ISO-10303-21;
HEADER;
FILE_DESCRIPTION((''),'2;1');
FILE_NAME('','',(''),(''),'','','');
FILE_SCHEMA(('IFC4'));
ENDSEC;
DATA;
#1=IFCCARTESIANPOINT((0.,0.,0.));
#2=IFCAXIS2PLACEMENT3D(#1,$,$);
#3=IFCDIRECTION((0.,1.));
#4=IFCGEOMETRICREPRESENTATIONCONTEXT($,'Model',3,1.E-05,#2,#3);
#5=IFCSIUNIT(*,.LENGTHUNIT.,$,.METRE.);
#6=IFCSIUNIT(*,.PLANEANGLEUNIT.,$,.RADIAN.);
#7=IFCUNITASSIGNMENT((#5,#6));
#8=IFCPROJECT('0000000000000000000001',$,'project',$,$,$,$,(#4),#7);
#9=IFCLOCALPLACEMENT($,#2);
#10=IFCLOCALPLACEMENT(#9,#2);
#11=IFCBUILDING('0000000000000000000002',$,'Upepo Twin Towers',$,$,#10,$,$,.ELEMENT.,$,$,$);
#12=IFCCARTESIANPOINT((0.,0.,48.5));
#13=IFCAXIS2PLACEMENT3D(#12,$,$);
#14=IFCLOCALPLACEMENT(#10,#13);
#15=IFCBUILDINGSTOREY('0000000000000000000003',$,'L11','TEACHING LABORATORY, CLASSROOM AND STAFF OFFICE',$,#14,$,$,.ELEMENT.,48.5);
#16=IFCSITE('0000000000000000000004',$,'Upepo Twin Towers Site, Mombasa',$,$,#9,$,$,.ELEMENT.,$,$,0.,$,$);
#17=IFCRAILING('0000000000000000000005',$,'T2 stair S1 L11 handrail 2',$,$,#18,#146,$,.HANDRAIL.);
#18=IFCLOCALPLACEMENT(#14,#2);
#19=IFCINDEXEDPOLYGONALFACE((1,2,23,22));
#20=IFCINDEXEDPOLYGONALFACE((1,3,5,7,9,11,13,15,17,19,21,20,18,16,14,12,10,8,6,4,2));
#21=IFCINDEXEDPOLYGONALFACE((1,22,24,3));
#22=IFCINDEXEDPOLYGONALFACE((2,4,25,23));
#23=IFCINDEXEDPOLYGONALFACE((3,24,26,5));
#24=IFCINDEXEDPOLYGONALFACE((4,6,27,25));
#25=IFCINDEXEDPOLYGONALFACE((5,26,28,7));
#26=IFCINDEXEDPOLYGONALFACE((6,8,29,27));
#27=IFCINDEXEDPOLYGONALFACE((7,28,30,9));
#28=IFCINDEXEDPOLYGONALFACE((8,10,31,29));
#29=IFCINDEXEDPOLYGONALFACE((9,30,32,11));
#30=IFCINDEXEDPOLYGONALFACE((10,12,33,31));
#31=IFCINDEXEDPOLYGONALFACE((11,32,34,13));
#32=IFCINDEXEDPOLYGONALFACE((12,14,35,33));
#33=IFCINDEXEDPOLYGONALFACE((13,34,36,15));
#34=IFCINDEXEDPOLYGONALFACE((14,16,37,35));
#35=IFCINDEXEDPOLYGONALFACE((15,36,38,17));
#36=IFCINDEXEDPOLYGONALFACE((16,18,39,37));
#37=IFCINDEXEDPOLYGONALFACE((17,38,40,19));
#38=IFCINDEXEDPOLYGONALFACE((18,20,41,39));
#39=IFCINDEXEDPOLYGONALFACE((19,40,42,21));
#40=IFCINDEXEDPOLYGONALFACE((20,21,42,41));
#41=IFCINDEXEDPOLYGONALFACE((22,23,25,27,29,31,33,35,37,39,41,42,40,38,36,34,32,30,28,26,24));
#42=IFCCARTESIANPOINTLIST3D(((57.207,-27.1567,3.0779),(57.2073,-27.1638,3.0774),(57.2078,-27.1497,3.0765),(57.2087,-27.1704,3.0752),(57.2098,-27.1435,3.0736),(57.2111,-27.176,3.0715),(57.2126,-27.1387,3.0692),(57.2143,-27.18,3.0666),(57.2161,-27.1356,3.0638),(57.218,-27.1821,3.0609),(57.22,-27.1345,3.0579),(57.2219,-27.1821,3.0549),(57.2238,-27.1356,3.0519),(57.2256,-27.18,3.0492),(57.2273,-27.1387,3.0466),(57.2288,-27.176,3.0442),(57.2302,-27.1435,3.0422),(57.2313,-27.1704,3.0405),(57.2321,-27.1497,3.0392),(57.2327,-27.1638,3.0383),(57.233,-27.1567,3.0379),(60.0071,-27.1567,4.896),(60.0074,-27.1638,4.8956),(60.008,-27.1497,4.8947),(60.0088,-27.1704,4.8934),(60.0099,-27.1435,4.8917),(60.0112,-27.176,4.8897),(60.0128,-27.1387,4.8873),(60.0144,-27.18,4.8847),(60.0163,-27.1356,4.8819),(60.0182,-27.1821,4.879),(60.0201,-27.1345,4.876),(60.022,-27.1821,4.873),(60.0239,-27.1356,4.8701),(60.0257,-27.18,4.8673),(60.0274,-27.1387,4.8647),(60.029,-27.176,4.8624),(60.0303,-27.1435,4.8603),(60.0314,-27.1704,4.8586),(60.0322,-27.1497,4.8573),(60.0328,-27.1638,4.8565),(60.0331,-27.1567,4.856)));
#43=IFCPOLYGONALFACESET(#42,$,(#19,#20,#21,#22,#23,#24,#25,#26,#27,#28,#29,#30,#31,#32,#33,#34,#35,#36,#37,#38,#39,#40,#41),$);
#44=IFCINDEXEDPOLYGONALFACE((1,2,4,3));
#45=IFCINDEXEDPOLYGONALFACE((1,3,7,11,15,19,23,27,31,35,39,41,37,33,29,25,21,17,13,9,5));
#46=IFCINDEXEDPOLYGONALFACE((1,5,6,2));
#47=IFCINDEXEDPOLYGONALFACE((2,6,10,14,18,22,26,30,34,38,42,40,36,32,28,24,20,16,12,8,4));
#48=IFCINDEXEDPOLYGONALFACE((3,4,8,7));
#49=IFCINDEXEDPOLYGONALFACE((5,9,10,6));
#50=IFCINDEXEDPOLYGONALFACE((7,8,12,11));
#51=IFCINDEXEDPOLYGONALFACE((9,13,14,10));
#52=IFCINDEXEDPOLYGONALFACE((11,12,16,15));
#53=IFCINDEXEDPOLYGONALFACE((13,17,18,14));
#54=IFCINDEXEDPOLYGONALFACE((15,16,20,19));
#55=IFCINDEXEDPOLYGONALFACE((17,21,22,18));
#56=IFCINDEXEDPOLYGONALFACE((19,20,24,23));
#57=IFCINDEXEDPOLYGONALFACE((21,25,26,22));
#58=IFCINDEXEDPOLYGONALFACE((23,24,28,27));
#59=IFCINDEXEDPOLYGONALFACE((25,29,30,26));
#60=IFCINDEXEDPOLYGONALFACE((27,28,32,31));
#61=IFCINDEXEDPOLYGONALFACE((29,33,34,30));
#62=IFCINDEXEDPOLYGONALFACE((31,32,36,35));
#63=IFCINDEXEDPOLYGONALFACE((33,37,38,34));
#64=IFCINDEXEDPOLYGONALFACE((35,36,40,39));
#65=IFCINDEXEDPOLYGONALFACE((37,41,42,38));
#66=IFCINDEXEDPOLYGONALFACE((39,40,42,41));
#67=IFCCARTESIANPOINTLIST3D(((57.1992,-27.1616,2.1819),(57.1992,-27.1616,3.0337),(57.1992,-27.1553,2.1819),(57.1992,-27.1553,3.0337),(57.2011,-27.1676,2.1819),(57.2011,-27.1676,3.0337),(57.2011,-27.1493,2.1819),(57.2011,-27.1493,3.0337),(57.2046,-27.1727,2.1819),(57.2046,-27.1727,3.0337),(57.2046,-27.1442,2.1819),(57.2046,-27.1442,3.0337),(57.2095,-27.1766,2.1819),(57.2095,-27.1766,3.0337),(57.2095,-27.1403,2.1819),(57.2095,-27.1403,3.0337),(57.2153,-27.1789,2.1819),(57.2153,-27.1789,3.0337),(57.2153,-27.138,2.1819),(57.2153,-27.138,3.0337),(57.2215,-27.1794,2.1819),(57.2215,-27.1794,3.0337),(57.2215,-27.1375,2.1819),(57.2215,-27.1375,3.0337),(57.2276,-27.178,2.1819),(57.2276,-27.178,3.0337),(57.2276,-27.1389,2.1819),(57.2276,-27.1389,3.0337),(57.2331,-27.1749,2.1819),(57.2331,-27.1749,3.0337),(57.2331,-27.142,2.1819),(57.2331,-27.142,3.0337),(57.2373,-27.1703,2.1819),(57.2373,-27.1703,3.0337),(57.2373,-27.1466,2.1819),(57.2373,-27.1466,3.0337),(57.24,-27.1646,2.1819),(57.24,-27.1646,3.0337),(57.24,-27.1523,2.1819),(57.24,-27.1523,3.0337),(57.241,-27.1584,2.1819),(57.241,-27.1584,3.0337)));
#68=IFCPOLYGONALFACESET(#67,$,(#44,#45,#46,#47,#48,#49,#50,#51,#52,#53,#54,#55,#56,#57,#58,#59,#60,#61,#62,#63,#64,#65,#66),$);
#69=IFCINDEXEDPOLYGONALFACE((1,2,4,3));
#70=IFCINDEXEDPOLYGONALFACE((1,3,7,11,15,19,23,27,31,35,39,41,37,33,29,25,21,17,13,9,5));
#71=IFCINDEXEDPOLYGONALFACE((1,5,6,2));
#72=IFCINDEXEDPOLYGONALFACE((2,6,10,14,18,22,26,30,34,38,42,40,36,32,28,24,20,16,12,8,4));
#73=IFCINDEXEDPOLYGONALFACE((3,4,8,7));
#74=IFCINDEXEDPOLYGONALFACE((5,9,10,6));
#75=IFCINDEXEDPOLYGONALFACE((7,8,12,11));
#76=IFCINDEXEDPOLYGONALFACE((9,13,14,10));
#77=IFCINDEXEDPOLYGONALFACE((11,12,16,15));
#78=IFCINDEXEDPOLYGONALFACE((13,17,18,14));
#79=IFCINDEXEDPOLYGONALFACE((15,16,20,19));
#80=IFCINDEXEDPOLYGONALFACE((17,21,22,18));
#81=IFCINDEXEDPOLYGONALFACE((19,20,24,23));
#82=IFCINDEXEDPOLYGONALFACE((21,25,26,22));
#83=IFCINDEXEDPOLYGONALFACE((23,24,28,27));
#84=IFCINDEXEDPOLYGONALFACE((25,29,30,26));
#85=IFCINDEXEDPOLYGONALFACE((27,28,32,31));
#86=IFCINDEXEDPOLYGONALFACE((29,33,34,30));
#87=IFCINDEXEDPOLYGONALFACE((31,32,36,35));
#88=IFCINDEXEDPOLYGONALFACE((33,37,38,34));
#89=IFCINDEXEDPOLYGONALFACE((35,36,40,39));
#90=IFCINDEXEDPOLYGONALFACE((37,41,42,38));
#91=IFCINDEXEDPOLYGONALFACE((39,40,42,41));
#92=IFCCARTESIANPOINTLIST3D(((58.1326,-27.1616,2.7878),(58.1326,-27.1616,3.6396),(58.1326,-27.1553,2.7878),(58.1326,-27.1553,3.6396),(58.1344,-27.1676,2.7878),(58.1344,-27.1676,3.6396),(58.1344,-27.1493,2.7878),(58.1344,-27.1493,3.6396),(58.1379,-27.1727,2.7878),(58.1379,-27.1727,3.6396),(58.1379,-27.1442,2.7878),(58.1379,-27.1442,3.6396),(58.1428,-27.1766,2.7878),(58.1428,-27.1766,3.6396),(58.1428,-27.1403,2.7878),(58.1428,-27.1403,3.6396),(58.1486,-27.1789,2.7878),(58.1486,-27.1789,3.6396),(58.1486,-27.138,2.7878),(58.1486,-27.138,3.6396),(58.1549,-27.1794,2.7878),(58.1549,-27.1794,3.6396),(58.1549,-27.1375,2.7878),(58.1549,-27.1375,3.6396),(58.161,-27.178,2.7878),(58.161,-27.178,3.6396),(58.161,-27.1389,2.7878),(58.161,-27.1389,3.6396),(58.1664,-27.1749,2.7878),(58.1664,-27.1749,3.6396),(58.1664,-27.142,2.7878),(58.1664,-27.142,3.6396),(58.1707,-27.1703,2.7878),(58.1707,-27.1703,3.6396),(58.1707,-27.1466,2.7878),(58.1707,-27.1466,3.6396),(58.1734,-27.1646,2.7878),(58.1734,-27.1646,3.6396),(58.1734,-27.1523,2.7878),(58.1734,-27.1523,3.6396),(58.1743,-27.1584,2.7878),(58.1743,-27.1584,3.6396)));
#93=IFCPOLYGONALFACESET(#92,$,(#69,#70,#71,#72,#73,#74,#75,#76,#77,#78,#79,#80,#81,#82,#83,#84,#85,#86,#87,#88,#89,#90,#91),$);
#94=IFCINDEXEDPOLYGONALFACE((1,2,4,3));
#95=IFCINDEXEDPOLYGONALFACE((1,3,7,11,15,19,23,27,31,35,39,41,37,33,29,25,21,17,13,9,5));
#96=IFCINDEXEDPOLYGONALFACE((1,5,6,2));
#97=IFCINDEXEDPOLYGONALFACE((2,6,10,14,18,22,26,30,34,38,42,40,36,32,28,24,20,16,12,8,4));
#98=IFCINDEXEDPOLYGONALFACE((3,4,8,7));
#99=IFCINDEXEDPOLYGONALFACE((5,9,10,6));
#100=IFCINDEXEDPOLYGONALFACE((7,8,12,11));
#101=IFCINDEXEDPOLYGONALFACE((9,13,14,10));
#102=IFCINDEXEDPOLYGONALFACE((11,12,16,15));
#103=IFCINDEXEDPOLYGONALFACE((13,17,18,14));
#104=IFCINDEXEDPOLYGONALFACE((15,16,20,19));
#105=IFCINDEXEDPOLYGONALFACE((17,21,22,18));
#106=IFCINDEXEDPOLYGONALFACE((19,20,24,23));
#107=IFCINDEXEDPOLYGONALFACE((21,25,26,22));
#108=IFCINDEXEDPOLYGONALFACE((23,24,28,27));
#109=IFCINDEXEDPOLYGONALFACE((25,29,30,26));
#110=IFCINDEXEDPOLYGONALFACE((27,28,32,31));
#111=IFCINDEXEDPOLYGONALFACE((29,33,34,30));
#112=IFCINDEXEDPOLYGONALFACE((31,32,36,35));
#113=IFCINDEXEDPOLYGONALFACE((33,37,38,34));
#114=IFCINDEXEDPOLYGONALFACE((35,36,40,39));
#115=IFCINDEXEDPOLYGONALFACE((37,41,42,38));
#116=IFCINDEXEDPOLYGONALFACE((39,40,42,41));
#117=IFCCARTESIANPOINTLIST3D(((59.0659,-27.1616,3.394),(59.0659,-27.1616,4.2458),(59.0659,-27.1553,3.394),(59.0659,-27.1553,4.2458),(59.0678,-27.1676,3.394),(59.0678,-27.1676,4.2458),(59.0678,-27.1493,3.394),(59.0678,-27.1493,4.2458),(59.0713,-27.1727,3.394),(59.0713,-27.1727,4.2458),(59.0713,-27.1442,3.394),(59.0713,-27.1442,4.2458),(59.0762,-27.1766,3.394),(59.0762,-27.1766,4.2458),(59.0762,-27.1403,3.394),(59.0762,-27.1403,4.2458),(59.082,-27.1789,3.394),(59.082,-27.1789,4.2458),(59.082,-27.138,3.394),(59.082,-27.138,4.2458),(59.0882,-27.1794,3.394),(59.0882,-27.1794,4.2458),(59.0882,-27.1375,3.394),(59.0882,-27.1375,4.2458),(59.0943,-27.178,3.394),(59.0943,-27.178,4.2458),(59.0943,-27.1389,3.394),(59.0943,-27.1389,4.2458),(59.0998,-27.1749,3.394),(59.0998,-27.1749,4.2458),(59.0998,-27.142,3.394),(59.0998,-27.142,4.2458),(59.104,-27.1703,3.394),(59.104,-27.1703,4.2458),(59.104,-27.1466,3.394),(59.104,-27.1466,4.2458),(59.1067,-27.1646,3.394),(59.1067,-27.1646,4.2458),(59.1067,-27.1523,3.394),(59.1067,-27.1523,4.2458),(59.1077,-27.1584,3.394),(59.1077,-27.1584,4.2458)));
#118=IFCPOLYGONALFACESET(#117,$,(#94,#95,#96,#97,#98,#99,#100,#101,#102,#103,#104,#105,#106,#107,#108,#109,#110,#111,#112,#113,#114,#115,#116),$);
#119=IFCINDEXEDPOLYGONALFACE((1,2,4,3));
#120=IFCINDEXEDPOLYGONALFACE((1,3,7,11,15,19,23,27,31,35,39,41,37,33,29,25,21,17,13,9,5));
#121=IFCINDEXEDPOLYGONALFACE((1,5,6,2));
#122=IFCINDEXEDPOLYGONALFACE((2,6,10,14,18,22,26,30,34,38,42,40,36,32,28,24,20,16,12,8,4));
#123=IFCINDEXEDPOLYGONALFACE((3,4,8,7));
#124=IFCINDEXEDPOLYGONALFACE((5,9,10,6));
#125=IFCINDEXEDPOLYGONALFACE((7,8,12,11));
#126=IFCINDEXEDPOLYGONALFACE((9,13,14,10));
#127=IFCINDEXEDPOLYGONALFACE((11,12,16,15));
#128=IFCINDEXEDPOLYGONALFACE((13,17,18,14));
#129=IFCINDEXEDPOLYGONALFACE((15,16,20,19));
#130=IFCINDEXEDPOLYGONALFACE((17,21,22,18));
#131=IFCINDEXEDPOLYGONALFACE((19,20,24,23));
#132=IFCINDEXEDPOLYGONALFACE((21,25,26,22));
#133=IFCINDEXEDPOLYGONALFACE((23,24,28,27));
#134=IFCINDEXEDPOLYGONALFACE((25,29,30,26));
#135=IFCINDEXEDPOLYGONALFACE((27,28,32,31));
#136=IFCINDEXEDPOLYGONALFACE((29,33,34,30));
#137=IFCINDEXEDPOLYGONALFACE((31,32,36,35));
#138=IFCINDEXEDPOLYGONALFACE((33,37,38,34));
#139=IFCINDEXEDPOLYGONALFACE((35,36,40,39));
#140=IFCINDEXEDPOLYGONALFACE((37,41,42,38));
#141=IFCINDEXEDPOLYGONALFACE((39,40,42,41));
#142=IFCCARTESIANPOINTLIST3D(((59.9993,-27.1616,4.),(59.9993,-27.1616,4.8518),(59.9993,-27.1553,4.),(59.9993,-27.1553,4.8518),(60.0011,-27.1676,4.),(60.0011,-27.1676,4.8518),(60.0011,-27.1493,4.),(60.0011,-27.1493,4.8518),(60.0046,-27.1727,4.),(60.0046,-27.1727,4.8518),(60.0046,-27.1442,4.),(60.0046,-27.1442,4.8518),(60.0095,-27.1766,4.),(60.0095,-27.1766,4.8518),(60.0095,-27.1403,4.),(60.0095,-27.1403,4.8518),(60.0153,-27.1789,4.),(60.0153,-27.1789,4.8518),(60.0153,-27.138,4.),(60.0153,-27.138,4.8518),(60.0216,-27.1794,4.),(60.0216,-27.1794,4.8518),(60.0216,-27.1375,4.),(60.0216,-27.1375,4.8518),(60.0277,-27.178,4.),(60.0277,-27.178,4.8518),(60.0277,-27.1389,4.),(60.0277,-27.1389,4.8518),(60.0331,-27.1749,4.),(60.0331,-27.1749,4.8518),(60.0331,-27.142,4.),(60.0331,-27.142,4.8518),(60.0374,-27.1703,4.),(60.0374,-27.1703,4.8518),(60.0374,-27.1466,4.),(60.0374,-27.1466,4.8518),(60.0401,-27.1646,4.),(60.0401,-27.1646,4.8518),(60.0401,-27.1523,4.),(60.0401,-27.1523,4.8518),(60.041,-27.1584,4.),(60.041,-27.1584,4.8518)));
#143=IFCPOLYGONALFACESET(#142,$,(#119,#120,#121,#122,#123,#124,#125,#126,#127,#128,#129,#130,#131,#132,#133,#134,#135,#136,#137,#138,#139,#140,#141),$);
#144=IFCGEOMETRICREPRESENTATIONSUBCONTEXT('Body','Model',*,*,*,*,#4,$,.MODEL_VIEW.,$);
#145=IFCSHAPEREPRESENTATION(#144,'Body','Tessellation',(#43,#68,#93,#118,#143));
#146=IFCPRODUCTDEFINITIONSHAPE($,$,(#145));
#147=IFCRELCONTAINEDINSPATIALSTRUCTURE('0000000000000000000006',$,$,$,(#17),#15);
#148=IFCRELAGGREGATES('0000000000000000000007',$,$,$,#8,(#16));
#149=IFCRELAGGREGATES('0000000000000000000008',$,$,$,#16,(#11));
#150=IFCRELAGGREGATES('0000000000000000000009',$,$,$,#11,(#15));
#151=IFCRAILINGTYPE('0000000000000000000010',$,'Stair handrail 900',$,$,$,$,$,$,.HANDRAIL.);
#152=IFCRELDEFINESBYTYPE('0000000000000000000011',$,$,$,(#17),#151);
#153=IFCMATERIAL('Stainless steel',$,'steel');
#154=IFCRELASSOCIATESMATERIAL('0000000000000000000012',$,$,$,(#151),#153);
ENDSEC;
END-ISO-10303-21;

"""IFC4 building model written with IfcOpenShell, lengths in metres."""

from ifc_helpers import new_model, si_unit, direction, frame, origin, origin_2d, place, context, subcontext, project, spatial, circle, extrude, material, type_object, element, save


model = new_model("IFC4")

# Units and contexts
model_context = context("Model", 3, precision=1e-05, world=origin(), true_north=direction((0.0, 1.0)))
body_context = subcontext(model_context, "Body", "Model", "MODEL_VIEW")
ifc_project = project(units=[si_unit("LENGTHUNIT", "METRE"), si_unit("PLANEANGLEUNIT", "RADIAN")], contexts=[model_context])

# Site, building, storey
site_placement = place(None, origin())
site = spatial("IfcSite", under=ifc_project, at=site_placement, Name="Upepo Twin Towers Site, Mombasa", CompositionType="ELEMENT", RefElevation=0.0)
building_placement = place(site_placement, origin())
building = spatial("IfcBuilding", under=site, at=building_placement, Name="Upepo Twin Towers", CompositionType="ELEMENT")
storey_placement = place(building_placement, frame((0.0, 0.0, 48.5)))
storey = spatial("IfcBuildingStorey", under=building, at=storey_placement, Name="L11", Description="TEACHING LABORATORY, CLASSROOM AND STAFF OFFICE", CompositionType="ELEMENT", Elevation=48.5)

# Railing
ifc_material_1 = material(Name="Stainless steel", Category="steel")
railing_type = type_object("IfcRailingType", Name="Stair handrail 900", PredefinedType="HANDRAIL", material=ifc_material_1)
railing_1_placement = place(storey_placement, frame((57.22, -27.1584, 2.1819)))
element("IfcRailing", 1, at=railing_1_placement, inside=storey, type_object=railing_type, Name="T2 stair S1 L11 handrail 2", PredefinedType="HANDRAIL", context=body_context, shape_type="SweptSolid", body=[
    extrude(circle(Radius=0.0239, at=origin_2d()), frame((0.0, 0.0, 0.876), z_axis=(0.838706, 0.0, 0.544585), x_axis=(0.0, 1.0, 0.0)), (0.0, 0.0, 1.0), 3.3386),
    extrude(circle(Radius=0.021, at=origin_2d()), origin(), (0.0, 0.0, 1.0), 0.8518),
    extrude(circle(Radius=0.021, at=origin_2d()), frame((0.9333, 0.0, 0.606)), (0.0, 0.0, 1.0), 0.8518),
    extrude(circle(Radius=0.021, at=origin_2d()), frame((1.8667, 0.0, 1.2122)), (0.0, 0.0, 1.0), 0.8518),
    extrude(circle(Radius=0.021, at=origin_2d()), frame((2.8, 0.0, 1.8181)), (0.0, 0.0, 1.0), 0.8518),
])

save(model, "model.ifc")
